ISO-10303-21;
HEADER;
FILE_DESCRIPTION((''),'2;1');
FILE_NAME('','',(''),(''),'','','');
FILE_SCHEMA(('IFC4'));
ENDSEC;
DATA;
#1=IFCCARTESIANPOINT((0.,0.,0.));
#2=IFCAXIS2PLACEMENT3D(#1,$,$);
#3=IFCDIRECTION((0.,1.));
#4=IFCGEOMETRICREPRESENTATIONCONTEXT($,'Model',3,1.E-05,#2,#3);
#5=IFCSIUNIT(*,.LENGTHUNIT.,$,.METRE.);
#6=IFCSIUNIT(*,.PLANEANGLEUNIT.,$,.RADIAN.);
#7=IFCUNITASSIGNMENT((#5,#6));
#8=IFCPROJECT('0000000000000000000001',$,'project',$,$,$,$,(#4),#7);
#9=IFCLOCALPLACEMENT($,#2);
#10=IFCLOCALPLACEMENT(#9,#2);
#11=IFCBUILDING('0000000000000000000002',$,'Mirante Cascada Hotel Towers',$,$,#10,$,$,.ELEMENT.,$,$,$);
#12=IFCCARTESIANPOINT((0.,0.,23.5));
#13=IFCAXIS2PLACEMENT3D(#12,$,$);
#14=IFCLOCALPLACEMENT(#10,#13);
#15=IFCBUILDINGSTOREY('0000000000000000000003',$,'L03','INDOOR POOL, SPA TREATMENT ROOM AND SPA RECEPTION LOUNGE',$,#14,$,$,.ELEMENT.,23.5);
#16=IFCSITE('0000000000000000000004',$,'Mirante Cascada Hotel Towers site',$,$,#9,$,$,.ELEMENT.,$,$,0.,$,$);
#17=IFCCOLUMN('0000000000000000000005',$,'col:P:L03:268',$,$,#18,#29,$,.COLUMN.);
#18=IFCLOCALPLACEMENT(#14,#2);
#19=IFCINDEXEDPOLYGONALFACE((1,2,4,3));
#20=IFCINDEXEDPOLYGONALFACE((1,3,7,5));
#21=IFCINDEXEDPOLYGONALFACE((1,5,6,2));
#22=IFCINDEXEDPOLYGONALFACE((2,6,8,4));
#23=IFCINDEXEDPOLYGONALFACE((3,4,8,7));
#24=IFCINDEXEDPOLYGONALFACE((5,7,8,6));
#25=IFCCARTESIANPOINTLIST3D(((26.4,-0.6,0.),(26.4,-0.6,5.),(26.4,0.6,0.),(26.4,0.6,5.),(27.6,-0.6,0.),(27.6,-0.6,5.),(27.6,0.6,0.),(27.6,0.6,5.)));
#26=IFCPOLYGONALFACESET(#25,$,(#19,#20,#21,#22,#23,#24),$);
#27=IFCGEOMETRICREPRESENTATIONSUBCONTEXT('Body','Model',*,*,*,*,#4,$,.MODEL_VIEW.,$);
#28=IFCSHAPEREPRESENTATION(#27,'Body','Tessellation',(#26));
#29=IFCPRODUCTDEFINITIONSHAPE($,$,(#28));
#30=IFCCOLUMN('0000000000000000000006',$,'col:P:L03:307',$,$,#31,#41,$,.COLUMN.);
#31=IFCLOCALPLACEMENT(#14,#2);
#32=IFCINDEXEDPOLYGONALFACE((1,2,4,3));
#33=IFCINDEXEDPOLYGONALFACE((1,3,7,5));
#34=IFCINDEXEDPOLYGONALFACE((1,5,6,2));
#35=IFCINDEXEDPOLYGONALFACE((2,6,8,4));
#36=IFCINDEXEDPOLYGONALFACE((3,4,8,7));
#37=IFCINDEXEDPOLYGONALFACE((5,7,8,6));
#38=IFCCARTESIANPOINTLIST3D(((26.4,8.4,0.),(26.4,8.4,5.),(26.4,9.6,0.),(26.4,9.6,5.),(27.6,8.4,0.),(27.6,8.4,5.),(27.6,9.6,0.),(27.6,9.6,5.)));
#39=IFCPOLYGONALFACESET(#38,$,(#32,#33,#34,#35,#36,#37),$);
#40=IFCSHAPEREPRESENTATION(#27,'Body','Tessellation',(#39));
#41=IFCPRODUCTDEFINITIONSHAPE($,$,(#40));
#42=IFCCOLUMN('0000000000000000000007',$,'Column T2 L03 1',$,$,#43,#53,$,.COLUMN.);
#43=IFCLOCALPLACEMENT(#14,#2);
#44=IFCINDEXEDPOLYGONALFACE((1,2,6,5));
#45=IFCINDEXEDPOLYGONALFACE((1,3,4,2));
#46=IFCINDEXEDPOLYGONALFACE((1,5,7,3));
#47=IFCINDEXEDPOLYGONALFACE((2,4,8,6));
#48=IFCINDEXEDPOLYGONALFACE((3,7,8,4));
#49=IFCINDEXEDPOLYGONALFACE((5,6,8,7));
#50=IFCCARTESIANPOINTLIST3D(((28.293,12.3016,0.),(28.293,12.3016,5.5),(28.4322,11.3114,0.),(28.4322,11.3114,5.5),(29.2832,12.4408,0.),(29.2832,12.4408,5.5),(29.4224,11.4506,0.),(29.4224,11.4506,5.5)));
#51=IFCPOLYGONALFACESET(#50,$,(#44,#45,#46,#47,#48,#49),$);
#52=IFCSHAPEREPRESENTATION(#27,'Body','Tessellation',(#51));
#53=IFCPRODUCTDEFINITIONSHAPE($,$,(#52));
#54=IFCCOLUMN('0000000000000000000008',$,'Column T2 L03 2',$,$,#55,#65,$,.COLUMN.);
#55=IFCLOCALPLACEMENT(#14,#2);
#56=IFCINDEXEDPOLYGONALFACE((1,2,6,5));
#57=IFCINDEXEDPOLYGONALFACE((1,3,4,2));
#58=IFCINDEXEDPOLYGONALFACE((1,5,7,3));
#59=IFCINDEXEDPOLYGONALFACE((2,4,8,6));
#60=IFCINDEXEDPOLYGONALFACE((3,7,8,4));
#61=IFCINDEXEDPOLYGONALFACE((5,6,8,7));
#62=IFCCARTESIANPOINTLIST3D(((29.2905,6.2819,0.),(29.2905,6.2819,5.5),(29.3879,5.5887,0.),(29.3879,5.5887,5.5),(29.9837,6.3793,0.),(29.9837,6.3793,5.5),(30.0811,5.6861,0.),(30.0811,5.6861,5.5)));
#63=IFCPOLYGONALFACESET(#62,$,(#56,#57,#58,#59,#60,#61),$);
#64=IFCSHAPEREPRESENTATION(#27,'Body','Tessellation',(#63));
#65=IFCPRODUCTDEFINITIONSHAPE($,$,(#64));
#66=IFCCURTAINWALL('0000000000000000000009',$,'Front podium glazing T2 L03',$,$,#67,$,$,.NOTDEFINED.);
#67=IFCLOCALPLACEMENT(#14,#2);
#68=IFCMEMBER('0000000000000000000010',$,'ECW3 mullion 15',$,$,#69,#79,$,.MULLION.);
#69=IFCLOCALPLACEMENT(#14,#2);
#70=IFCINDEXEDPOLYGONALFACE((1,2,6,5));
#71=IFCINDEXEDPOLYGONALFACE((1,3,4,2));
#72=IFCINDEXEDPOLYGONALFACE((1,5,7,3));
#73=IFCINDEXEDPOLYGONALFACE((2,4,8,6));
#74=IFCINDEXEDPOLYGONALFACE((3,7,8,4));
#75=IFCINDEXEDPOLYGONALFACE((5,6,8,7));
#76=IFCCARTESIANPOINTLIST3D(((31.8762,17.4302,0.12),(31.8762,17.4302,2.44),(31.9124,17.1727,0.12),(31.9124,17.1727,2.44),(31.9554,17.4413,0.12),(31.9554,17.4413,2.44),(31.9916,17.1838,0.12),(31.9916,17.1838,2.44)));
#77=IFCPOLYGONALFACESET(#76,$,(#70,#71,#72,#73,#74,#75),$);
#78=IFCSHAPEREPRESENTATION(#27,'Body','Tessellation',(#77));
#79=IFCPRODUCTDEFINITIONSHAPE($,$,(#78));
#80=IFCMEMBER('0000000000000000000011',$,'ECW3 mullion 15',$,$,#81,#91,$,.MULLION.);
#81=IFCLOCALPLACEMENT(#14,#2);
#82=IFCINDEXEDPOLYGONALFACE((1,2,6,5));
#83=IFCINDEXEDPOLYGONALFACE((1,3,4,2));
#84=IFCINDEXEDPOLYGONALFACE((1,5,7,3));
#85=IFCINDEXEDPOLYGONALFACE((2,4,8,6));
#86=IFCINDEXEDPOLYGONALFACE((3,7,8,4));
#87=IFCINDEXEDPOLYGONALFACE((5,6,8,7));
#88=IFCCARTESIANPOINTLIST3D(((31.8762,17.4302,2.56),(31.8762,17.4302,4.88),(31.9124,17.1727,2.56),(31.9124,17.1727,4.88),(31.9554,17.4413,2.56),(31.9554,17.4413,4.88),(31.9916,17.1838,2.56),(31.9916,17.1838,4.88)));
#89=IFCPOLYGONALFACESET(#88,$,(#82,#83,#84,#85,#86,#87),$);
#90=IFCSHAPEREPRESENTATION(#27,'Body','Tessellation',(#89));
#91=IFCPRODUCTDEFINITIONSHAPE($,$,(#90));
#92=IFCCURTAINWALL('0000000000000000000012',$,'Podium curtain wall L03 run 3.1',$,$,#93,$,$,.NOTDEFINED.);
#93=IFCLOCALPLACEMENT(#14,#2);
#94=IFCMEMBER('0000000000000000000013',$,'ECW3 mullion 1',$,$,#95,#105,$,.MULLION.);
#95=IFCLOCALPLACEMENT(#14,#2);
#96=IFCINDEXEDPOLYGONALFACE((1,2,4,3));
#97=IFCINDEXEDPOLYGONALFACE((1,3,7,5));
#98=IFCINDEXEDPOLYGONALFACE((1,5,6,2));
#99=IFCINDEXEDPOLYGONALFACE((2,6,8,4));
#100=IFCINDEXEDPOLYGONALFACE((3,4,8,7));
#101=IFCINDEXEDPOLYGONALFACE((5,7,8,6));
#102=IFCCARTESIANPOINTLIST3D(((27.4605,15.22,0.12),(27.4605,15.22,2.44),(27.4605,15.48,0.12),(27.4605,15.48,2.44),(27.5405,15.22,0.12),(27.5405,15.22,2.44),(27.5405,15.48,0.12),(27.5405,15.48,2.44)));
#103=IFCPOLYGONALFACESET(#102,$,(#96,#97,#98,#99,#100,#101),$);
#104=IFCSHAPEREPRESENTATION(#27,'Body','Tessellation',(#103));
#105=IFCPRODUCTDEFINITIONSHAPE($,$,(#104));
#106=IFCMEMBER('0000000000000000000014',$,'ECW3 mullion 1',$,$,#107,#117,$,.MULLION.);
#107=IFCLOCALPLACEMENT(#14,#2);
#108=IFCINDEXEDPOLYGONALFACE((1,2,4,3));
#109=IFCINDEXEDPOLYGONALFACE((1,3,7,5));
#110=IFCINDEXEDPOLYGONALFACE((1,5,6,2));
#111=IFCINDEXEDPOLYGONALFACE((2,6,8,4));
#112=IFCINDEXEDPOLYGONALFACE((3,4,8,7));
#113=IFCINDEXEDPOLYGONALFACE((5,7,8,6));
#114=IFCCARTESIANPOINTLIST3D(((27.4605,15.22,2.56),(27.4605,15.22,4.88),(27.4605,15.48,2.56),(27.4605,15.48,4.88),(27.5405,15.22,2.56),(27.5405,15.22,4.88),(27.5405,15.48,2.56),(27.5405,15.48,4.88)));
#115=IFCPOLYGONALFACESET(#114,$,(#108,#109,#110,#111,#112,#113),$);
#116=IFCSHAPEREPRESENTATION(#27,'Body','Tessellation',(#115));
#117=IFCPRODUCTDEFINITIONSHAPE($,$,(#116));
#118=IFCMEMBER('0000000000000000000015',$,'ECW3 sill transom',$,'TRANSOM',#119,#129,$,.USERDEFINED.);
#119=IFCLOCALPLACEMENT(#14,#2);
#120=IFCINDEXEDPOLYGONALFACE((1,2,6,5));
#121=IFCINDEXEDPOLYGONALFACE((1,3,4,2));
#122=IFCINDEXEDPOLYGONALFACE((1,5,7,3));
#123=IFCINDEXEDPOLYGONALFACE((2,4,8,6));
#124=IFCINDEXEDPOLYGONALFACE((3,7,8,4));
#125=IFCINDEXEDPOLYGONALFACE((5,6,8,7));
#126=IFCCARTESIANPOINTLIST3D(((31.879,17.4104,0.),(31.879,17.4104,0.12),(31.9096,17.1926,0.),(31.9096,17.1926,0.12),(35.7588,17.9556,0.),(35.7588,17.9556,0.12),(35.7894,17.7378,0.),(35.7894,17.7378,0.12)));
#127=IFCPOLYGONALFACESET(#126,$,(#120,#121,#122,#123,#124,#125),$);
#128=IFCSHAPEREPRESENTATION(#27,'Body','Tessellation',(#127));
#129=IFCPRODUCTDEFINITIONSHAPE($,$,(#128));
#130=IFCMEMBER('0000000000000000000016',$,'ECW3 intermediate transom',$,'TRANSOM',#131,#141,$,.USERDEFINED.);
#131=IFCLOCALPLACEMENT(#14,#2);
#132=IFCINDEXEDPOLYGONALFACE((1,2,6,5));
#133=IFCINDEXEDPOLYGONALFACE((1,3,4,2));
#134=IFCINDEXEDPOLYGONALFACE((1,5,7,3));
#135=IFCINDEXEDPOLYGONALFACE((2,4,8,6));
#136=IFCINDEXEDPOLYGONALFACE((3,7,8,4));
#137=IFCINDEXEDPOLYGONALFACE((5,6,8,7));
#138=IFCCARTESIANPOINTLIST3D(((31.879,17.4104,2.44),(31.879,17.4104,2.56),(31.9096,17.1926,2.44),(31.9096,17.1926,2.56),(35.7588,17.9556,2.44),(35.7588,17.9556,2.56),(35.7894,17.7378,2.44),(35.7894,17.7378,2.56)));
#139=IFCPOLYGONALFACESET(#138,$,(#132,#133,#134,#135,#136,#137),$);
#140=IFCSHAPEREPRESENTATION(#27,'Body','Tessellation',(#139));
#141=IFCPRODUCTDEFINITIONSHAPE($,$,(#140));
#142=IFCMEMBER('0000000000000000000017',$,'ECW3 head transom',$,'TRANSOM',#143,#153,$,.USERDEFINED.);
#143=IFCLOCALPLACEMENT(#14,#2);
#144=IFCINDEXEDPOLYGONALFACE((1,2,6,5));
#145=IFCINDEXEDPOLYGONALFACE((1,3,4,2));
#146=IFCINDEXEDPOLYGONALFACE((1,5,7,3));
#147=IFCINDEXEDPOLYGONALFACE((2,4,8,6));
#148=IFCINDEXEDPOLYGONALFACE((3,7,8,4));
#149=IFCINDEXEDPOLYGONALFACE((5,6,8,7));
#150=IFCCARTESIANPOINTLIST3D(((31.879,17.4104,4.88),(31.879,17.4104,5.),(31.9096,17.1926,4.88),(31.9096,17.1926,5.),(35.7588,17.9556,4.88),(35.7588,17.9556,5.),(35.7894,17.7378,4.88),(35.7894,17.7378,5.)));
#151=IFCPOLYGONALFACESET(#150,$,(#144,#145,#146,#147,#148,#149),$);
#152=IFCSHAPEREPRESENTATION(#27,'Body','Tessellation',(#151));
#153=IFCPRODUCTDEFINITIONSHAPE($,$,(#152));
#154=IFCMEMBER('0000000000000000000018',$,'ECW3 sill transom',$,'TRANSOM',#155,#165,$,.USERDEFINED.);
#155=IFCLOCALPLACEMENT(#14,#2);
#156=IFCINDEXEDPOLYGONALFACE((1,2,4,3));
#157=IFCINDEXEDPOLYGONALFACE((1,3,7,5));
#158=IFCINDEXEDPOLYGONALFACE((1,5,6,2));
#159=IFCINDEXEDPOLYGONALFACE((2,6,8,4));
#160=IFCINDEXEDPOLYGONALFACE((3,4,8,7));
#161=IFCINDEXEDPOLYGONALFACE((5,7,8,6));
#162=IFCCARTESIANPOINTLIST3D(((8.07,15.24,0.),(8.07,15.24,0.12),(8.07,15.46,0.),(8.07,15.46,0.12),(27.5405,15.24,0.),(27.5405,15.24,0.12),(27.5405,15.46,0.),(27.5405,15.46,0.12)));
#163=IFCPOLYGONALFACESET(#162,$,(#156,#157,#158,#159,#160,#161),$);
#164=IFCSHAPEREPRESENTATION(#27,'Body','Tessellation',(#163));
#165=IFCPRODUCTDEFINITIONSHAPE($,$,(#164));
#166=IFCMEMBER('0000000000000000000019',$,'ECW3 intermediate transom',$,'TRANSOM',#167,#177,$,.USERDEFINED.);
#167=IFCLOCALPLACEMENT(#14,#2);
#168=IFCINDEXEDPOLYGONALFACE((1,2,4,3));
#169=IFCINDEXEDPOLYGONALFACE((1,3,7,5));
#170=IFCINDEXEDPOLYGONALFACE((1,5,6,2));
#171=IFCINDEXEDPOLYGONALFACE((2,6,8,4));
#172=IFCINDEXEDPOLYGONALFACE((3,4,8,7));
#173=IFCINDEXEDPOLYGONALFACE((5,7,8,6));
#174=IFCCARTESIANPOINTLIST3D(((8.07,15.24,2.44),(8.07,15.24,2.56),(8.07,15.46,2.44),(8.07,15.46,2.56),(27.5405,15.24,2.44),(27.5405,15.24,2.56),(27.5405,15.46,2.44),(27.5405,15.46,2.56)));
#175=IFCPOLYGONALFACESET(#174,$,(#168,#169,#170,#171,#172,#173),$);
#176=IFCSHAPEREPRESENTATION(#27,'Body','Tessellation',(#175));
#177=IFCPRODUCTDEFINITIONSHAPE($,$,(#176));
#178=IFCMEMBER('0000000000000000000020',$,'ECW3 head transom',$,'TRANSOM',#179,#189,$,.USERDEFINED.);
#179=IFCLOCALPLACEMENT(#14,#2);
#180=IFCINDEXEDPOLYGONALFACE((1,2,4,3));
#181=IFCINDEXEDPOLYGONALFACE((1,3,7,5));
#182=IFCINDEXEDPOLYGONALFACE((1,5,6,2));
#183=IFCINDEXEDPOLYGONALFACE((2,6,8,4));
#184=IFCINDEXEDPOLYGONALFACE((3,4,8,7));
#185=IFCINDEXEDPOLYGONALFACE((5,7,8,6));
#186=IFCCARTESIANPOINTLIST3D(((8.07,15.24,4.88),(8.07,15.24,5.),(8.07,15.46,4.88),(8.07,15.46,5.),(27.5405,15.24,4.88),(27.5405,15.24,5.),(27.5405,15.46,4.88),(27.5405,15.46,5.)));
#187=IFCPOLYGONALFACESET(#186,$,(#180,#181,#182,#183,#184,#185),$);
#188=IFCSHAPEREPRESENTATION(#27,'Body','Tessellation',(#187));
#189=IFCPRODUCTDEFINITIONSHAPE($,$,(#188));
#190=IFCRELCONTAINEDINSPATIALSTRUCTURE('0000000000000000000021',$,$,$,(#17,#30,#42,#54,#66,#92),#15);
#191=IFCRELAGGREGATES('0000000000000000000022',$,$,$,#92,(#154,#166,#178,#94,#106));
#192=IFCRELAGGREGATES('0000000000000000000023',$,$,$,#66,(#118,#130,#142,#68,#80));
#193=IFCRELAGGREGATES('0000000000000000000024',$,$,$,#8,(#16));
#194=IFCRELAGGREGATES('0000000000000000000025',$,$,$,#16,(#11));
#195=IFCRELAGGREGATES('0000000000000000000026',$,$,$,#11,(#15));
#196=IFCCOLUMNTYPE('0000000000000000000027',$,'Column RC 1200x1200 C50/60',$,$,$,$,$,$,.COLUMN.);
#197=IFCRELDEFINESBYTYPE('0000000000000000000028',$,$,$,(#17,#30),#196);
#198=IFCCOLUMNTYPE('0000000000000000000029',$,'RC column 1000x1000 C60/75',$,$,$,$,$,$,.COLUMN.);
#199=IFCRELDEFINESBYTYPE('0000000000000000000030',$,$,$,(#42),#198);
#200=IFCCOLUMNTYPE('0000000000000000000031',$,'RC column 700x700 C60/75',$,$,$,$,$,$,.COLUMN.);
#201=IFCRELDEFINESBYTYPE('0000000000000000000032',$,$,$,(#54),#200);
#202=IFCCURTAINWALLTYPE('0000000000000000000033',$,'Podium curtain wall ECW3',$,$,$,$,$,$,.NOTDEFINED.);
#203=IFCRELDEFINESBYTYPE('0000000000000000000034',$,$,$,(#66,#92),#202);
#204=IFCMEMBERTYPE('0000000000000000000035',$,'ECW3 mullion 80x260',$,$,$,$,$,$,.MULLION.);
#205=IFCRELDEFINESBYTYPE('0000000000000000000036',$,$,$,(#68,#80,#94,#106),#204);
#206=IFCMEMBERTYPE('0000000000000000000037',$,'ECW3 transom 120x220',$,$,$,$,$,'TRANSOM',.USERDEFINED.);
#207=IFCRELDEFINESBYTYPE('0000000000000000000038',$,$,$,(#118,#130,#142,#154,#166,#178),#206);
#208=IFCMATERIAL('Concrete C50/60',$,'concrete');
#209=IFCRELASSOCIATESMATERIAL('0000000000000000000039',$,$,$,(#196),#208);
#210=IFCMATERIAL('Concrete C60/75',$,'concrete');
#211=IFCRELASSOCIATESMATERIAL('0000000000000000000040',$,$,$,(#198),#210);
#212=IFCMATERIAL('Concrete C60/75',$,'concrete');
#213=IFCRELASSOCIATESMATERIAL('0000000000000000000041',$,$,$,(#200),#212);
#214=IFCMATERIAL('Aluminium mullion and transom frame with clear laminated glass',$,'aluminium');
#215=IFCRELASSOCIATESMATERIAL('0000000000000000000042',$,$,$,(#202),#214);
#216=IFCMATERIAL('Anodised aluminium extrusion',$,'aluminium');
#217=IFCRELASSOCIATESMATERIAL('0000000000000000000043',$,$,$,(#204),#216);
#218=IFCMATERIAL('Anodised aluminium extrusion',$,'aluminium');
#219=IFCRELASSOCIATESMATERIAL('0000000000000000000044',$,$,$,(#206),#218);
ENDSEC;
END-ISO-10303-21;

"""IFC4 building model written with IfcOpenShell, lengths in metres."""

from ifc_helpers import new_model, si_unit, direction, frame, origin, origin_2d, place, context, subcontext, project, spatial, rectangle, extrude, material, material_profile, profile_set, type_object, element, aggregate, save


model = new_model("IFC4")

# Units and contexts
model_context = context("Model", 3, precision=1e-05, world=origin(), true_north=direction((0.0, 1.0)))
body_context = subcontext(model_context, "Body", "Model", "MODEL_VIEW")
ifc_project = project(units=[si_unit("LENGTHUNIT", "METRE"), si_unit("PLANEANGLEUNIT", "RADIAN")], contexts=[model_context])

# Site, building, storey
site_placement = place(None, origin())
site = spatial("IfcSite", under=ifc_project, at=site_placement, Name="Mirante Cascada Hotel Towers site", CompositionType="ELEMENT", RefElevation=0.0)
building_placement = place(site_placement, origin())
building = spatial("IfcBuilding", under=site, at=building_placement, Name="Mirante Cascada Hotel Towers", CompositionType="ELEMENT")
storey_placement = place(building_placement, frame((0.0, 0.0, 23.5)))
storey = spatial("IfcBuildingStorey", under=building, at=storey_placement, Name="L03", Description="INDOOR POOL, SPA TREATMENT ROOM AND SPA RECEPTION LOUNGE", CompositionType="ELEMENT", Elevation=23.5)

# Columns
ifc_material_1 = material(Name="Concrete C50/60", Category="concrete")
ifc_material_profile_1 = material_profile(ifc_material_1, rectangle(XDim=1.2, YDim=1.2, at=origin_2d()), Name="RC 1200x1200")
ifc_profile_set_1 = profile_set([ifc_material_profile_1], Name="Concrete C50/60")
column_type_1 = type_object("IfcColumnType", Name="Column RC 1200x1200 C50/60", PredefinedType="COLUMN", material=ifc_profile_set_1)
for number, where, z_axis, x_axis, name in (
    (1, (27.0, 0.0, 0.0), (0.0, 0.0, 1.0), (1.0, 0.0, 0.0), "col:P:L03:268"),
    (2, (27.0, 9.0, 0.0), (0.0, 0.0, 1.0), (1.0, 0.0, 0.0), "col:P:L03:307"),
):
    element("IfcColumn", number, at=place(storey_placement, frame(where, z_axis=z_axis, x_axis=x_axis)), inside=storey, type_object=column_type_1, Name=name, PredefinedType="COLUMN", context=body_context, shape_type="SweptSolid", body=[
        extrude(rectangle(XDim=1.2, YDim=1.2, at=origin_2d()), origin(), (0.0, 0.0, 1.0), 5.0),
    ])
ifc_material_2 = material(Name="Concrete C60/75", Category="concrete")
ifc_material_profile_2 = material_profile(ifc_material_2, rectangle(XDim=1.0, YDim=1.0, at=origin_2d()), Name="RC column 1000x1000 C60/75")
ifc_profile_set_2 = profile_set([ifc_material_profile_2], Name="Concrete C60/75")
column_type_2 = type_object("IfcColumnType", Name="RC column 1000x1000 C60/75", PredefinedType="COLUMN", material=ifc_profile_set_2)
column_1_placement = place(storey_placement, frame((28.8577, 11.8761, 0.0), z_axis=(0.0, 0.0, 1.0), x_axis=(0.990268, 0.139173, 0.0)))
element("IfcColumn", 3, at=column_1_placement, inside=storey, type_object=column_type_2, Name="Column T2 L03 1", PredefinedType="COLUMN", context=body_context, shape_type="SweptSolid", body=[
    extrude(rectangle(XDim=1.0, YDim=1.0, at=origin_2d()), origin(), (0.0, 0.0, 1.0), 5.5),
])
ifc_material_3 = material(Name="Concrete C60/75", Category="concrete")
ifc_material_profile_3 = material_profile(ifc_material_3, rectangle(XDim=0.7, YDim=0.7, at=origin_2d()), Name="RC column 700x700 C60/75")
ifc_profile_set_3 = profile_set([ifc_material_profile_3], Name="Concrete C60/75")
column_type_3 = type_object("IfcColumnType", Name="RC column 700x700 C60/75", PredefinedType="COLUMN", material=ifc_profile_set_3)
column_2_placement = place(storey_placement, frame((29.6858, 5.984, 0.0), z_axis=(0.0, 0.0, 1.0), x_axis=(0.990268, 0.139173, 0.0)))
element("IfcColumn", 4, at=column_2_placement, inside=storey, type_object=column_type_3, Name="Column T2 L03 2", PredefinedType="COLUMN", context=body_context, shape_type="SweptSolid", body=[
    extrude(rectangle(XDim=0.7, YDim=0.7, at=origin_2d()), origin(), (0.0, 0.0, 1.0), 5.5),
])

# Curtain walls, members
ifc_material_4 = material(Name="Aluminium mullion and transom frame with clear laminated glass", Category="aluminium")
curtain_wall_type = type_object("IfcCurtainWallType", Name="Podium curtain wall ECW3", PredefinedType="NOTDEFINED", material=ifc_material_4)
curtain_wall_1_placement = place(storey_placement, origin())
curtain_wall_1 = element("IfcCurtainWall", 5, at=curtain_wall_1_placement, inside=storey, type_object=curtain_wall_type, Name="Front podium glazing T2 L03", PredefinedType="NOTDEFINED")
ifc_material_5 = material(Name="Anodised aluminium extrusion", Category="aluminium")
ifc_material_profile_4 = material_profile(ifc_material_5, rectangle(XDim=0.26, YDim=0.08, at=origin_2d()), Name="ECW3 MULLION 80x260")
ifc_profile_set_4 = profile_set([ifc_material_profile_4], Name="Anodised aluminium extrusion")
member_type_1 = type_object("IfcMemberType", Name="ECW3 mullion 80x260", PredefinedType="MULLION", material=ifc_profile_set_4)
member_1_placement = place(storey_placement, frame((31.9339, 17.307, 0.12), z_axis=(0.0, 0.0, 1.0), x_axis=(0.139173, -0.990268, 0.0)))
member_1 = element("IfcMember", 6, at=member_1_placement, type_object=member_type_1, Name="ECW3 mullion 15", PredefinedType="MULLION", context=body_context, shape_type="SweptSolid", body=[
    extrude(rectangle(XDim=0.26, YDim=0.08, at=origin_2d()), origin(), (0.0, 0.0, 1.0), 2.32),
])
member_2_placement = place(storey_placement, frame((31.9339, 17.307, 2.56), z_axis=(0.0, 0.0, 1.0), x_axis=(0.139173, -0.990268, 0.0)))
member_2 = element("IfcMember", 7, at=member_2_placement, type_object=member_type_1, Name="ECW3 mullion 15", PredefinedType="MULLION", context=body_context, shape_type="SweptSolid", body=[
    extrude(rectangle(XDim=0.26, YDim=0.08, at=origin_2d()), origin(), (0.0, 0.0, 1.0), 2.32),
])
curtain_wall_2_placement = place(storey_placement, origin())
curtain_wall_2 = element("IfcCurtainWall", 8, at=curtain_wall_2_placement, inside=storey, type_object=curtain_wall_type, Name="Podium curtain wall L03 run 3.1", PredefinedType="NOTDEFINED")
member_3_placement = place(storey_placement, frame((27.5005, 15.35, 0.12), z_axis=(0.0, 0.0, 1.0), x_axis=(0.0, -1.0, 0.0)))
member_3 = element("IfcMember", 9, at=member_3_placement, type_object=member_type_1, Name="ECW3 mullion 1", PredefinedType="MULLION", context=body_context, shape_type="SweptSolid", body=[
    extrude(rectangle(XDim=0.26, YDim=0.08, at=origin_2d()), origin(), (0.0, 0.0, 1.0), 2.32),
])
member_4_placement = place(storey_placement, frame((27.5005, 15.35, 2.56), z_axis=(0.0, 0.0, 1.0), x_axis=(0.0, -1.0, 0.0)))
member_4 = element("IfcMember", 10, at=member_4_placement, type_object=member_type_1, Name="ECW3 mullion 1", PredefinedType="MULLION", context=body_context, shape_type="SweptSolid", body=[
    extrude(rectangle(XDim=0.26, YDim=0.08, at=origin_2d()), origin(), (0.0, 0.0, 1.0), 2.32),
])

# Members
ifc_material_6 = material(Name="Anodised aluminium extrusion", Category="aluminium")
ifc_material_profile_5 = material_profile(ifc_material_6, rectangle(XDim=0.22, YDim=0.12, at=origin_2d()), Name="ECW3 TRANSOM 120x220")
ifc_profile_set_5 = profile_set([ifc_material_profile_5], Name="Anodised aluminium extrusion")
member_type_2 = type_object("IfcMemberType", Name="ECW3 transom 120x220", ElementType="TRANSOM", PredefinedType="USERDEFINED", material=ifc_profile_set_5)
member_5_placement = place(storey_placement, frame((35.7741, 17.8467, 0.06), z_axis=(-0.990271, -0.139155, 0.0), x_axis=(0.139155, -0.990271, 0.0)))
member_5 = element("IfcMember", 11, at=member_5_placement, type_object=member_type_2, Name="ECW3 sill transom", ObjectType="TRANSOM", PredefinedType="USERDEFINED", context=body_context, shape_type="SweptSolid", body=[
    extrude(rectangle(XDim=0.22, YDim=0.12, at=origin_2d()), origin(), (0.0, 0.0, 1.0), 3.9179),
])
member_6_placement = place(storey_placement, frame((35.7741, 17.8467, 2.5), z_axis=(-0.990271, -0.139155, 0.0), x_axis=(0.139155, -0.990271, 0.0)))
member_6 = element("IfcMember", 12, at=member_6_placement, type_object=member_type_2, Name="ECW3 intermediate transom", ObjectType="TRANSOM", PredefinedType="USERDEFINED", context=body_context, shape_type="SweptSolid", body=[
    extrude(rectangle(XDim=0.22, YDim=0.12, at=origin_2d()), origin(), (0.0, 0.0, 1.0), 3.9179),
])
member_7_placement = place(storey_placement, frame((35.7741, 17.8467, 4.94), z_axis=(-0.990271, -0.139155, 0.0), x_axis=(0.139155, -0.990271, 0.0)))
member_7 = element("IfcMember", 13, at=member_7_placement, type_object=member_type_2, Name="ECW3 head transom", ObjectType="TRANSOM", PredefinedType="USERDEFINED", context=body_context, shape_type="SweptSolid", body=[
    extrude(rectangle(XDim=0.22, YDim=0.12, at=origin_2d()), origin(), (0.0, 0.0, 1.0), 3.9179),
])
member_8_placement = place(storey_placement, frame((27.5405, 15.35, 0.06), z_axis=(-1.0, 0.0, 0.0), x_axis=(0.0, -1.0, 0.0)))
member_8 = element("IfcMember", 14, at=member_8_placement, type_object=member_type_2, Name="ECW3 sill transom", ObjectType="TRANSOM", PredefinedType="USERDEFINED", context=body_context, shape_type="SweptSolid", body=[
    extrude(rectangle(XDim=0.22, YDim=0.12, at=origin_2d()), origin(), (0.0, 0.0, 1.0), 19.4705),
])
member_9_placement = place(storey_placement, frame((27.5405, 15.35, 2.5), z_axis=(-1.0, 0.0, 0.0), x_axis=(0.0, -1.0, 0.0)))
member_9 = element("IfcMember", 15, at=member_9_placement, type_object=member_type_2, Name="ECW3 intermediate transom", ObjectType="TRANSOM", PredefinedType="USERDEFINED", context=body_context, shape_type="SweptSolid", body=[
    extrude(rectangle(XDim=0.22, YDim=0.12, at=origin_2d()), origin(), (0.0, 0.0, 1.0), 19.4705),
])
member_10_placement = place(storey_placement, frame((27.5405, 15.35, 4.94), z_axis=(-1.0, 0.0, 0.0), x_axis=(0.0, -1.0, 0.0)))
member_10 = element("IfcMember", 16, at=member_10_placement, type_object=member_type_2, Name="ECW3 head transom", ObjectType="TRANSOM", PredefinedType="USERDEFINED", context=body_context, shape_type="SweptSolid", body=[
    extrude(rectangle(XDim=0.22, YDim=0.12, at=origin_2d()), origin(), (0.0, 0.0, 1.0), 19.4705),
])
aggregate(curtain_wall_2, [member_8, member_9, member_10, member_3, member_4])

aggregate(curtain_wall_1, [member_5, member_6, member_7, member_1, member_2])

save(model, "model.ifc")
